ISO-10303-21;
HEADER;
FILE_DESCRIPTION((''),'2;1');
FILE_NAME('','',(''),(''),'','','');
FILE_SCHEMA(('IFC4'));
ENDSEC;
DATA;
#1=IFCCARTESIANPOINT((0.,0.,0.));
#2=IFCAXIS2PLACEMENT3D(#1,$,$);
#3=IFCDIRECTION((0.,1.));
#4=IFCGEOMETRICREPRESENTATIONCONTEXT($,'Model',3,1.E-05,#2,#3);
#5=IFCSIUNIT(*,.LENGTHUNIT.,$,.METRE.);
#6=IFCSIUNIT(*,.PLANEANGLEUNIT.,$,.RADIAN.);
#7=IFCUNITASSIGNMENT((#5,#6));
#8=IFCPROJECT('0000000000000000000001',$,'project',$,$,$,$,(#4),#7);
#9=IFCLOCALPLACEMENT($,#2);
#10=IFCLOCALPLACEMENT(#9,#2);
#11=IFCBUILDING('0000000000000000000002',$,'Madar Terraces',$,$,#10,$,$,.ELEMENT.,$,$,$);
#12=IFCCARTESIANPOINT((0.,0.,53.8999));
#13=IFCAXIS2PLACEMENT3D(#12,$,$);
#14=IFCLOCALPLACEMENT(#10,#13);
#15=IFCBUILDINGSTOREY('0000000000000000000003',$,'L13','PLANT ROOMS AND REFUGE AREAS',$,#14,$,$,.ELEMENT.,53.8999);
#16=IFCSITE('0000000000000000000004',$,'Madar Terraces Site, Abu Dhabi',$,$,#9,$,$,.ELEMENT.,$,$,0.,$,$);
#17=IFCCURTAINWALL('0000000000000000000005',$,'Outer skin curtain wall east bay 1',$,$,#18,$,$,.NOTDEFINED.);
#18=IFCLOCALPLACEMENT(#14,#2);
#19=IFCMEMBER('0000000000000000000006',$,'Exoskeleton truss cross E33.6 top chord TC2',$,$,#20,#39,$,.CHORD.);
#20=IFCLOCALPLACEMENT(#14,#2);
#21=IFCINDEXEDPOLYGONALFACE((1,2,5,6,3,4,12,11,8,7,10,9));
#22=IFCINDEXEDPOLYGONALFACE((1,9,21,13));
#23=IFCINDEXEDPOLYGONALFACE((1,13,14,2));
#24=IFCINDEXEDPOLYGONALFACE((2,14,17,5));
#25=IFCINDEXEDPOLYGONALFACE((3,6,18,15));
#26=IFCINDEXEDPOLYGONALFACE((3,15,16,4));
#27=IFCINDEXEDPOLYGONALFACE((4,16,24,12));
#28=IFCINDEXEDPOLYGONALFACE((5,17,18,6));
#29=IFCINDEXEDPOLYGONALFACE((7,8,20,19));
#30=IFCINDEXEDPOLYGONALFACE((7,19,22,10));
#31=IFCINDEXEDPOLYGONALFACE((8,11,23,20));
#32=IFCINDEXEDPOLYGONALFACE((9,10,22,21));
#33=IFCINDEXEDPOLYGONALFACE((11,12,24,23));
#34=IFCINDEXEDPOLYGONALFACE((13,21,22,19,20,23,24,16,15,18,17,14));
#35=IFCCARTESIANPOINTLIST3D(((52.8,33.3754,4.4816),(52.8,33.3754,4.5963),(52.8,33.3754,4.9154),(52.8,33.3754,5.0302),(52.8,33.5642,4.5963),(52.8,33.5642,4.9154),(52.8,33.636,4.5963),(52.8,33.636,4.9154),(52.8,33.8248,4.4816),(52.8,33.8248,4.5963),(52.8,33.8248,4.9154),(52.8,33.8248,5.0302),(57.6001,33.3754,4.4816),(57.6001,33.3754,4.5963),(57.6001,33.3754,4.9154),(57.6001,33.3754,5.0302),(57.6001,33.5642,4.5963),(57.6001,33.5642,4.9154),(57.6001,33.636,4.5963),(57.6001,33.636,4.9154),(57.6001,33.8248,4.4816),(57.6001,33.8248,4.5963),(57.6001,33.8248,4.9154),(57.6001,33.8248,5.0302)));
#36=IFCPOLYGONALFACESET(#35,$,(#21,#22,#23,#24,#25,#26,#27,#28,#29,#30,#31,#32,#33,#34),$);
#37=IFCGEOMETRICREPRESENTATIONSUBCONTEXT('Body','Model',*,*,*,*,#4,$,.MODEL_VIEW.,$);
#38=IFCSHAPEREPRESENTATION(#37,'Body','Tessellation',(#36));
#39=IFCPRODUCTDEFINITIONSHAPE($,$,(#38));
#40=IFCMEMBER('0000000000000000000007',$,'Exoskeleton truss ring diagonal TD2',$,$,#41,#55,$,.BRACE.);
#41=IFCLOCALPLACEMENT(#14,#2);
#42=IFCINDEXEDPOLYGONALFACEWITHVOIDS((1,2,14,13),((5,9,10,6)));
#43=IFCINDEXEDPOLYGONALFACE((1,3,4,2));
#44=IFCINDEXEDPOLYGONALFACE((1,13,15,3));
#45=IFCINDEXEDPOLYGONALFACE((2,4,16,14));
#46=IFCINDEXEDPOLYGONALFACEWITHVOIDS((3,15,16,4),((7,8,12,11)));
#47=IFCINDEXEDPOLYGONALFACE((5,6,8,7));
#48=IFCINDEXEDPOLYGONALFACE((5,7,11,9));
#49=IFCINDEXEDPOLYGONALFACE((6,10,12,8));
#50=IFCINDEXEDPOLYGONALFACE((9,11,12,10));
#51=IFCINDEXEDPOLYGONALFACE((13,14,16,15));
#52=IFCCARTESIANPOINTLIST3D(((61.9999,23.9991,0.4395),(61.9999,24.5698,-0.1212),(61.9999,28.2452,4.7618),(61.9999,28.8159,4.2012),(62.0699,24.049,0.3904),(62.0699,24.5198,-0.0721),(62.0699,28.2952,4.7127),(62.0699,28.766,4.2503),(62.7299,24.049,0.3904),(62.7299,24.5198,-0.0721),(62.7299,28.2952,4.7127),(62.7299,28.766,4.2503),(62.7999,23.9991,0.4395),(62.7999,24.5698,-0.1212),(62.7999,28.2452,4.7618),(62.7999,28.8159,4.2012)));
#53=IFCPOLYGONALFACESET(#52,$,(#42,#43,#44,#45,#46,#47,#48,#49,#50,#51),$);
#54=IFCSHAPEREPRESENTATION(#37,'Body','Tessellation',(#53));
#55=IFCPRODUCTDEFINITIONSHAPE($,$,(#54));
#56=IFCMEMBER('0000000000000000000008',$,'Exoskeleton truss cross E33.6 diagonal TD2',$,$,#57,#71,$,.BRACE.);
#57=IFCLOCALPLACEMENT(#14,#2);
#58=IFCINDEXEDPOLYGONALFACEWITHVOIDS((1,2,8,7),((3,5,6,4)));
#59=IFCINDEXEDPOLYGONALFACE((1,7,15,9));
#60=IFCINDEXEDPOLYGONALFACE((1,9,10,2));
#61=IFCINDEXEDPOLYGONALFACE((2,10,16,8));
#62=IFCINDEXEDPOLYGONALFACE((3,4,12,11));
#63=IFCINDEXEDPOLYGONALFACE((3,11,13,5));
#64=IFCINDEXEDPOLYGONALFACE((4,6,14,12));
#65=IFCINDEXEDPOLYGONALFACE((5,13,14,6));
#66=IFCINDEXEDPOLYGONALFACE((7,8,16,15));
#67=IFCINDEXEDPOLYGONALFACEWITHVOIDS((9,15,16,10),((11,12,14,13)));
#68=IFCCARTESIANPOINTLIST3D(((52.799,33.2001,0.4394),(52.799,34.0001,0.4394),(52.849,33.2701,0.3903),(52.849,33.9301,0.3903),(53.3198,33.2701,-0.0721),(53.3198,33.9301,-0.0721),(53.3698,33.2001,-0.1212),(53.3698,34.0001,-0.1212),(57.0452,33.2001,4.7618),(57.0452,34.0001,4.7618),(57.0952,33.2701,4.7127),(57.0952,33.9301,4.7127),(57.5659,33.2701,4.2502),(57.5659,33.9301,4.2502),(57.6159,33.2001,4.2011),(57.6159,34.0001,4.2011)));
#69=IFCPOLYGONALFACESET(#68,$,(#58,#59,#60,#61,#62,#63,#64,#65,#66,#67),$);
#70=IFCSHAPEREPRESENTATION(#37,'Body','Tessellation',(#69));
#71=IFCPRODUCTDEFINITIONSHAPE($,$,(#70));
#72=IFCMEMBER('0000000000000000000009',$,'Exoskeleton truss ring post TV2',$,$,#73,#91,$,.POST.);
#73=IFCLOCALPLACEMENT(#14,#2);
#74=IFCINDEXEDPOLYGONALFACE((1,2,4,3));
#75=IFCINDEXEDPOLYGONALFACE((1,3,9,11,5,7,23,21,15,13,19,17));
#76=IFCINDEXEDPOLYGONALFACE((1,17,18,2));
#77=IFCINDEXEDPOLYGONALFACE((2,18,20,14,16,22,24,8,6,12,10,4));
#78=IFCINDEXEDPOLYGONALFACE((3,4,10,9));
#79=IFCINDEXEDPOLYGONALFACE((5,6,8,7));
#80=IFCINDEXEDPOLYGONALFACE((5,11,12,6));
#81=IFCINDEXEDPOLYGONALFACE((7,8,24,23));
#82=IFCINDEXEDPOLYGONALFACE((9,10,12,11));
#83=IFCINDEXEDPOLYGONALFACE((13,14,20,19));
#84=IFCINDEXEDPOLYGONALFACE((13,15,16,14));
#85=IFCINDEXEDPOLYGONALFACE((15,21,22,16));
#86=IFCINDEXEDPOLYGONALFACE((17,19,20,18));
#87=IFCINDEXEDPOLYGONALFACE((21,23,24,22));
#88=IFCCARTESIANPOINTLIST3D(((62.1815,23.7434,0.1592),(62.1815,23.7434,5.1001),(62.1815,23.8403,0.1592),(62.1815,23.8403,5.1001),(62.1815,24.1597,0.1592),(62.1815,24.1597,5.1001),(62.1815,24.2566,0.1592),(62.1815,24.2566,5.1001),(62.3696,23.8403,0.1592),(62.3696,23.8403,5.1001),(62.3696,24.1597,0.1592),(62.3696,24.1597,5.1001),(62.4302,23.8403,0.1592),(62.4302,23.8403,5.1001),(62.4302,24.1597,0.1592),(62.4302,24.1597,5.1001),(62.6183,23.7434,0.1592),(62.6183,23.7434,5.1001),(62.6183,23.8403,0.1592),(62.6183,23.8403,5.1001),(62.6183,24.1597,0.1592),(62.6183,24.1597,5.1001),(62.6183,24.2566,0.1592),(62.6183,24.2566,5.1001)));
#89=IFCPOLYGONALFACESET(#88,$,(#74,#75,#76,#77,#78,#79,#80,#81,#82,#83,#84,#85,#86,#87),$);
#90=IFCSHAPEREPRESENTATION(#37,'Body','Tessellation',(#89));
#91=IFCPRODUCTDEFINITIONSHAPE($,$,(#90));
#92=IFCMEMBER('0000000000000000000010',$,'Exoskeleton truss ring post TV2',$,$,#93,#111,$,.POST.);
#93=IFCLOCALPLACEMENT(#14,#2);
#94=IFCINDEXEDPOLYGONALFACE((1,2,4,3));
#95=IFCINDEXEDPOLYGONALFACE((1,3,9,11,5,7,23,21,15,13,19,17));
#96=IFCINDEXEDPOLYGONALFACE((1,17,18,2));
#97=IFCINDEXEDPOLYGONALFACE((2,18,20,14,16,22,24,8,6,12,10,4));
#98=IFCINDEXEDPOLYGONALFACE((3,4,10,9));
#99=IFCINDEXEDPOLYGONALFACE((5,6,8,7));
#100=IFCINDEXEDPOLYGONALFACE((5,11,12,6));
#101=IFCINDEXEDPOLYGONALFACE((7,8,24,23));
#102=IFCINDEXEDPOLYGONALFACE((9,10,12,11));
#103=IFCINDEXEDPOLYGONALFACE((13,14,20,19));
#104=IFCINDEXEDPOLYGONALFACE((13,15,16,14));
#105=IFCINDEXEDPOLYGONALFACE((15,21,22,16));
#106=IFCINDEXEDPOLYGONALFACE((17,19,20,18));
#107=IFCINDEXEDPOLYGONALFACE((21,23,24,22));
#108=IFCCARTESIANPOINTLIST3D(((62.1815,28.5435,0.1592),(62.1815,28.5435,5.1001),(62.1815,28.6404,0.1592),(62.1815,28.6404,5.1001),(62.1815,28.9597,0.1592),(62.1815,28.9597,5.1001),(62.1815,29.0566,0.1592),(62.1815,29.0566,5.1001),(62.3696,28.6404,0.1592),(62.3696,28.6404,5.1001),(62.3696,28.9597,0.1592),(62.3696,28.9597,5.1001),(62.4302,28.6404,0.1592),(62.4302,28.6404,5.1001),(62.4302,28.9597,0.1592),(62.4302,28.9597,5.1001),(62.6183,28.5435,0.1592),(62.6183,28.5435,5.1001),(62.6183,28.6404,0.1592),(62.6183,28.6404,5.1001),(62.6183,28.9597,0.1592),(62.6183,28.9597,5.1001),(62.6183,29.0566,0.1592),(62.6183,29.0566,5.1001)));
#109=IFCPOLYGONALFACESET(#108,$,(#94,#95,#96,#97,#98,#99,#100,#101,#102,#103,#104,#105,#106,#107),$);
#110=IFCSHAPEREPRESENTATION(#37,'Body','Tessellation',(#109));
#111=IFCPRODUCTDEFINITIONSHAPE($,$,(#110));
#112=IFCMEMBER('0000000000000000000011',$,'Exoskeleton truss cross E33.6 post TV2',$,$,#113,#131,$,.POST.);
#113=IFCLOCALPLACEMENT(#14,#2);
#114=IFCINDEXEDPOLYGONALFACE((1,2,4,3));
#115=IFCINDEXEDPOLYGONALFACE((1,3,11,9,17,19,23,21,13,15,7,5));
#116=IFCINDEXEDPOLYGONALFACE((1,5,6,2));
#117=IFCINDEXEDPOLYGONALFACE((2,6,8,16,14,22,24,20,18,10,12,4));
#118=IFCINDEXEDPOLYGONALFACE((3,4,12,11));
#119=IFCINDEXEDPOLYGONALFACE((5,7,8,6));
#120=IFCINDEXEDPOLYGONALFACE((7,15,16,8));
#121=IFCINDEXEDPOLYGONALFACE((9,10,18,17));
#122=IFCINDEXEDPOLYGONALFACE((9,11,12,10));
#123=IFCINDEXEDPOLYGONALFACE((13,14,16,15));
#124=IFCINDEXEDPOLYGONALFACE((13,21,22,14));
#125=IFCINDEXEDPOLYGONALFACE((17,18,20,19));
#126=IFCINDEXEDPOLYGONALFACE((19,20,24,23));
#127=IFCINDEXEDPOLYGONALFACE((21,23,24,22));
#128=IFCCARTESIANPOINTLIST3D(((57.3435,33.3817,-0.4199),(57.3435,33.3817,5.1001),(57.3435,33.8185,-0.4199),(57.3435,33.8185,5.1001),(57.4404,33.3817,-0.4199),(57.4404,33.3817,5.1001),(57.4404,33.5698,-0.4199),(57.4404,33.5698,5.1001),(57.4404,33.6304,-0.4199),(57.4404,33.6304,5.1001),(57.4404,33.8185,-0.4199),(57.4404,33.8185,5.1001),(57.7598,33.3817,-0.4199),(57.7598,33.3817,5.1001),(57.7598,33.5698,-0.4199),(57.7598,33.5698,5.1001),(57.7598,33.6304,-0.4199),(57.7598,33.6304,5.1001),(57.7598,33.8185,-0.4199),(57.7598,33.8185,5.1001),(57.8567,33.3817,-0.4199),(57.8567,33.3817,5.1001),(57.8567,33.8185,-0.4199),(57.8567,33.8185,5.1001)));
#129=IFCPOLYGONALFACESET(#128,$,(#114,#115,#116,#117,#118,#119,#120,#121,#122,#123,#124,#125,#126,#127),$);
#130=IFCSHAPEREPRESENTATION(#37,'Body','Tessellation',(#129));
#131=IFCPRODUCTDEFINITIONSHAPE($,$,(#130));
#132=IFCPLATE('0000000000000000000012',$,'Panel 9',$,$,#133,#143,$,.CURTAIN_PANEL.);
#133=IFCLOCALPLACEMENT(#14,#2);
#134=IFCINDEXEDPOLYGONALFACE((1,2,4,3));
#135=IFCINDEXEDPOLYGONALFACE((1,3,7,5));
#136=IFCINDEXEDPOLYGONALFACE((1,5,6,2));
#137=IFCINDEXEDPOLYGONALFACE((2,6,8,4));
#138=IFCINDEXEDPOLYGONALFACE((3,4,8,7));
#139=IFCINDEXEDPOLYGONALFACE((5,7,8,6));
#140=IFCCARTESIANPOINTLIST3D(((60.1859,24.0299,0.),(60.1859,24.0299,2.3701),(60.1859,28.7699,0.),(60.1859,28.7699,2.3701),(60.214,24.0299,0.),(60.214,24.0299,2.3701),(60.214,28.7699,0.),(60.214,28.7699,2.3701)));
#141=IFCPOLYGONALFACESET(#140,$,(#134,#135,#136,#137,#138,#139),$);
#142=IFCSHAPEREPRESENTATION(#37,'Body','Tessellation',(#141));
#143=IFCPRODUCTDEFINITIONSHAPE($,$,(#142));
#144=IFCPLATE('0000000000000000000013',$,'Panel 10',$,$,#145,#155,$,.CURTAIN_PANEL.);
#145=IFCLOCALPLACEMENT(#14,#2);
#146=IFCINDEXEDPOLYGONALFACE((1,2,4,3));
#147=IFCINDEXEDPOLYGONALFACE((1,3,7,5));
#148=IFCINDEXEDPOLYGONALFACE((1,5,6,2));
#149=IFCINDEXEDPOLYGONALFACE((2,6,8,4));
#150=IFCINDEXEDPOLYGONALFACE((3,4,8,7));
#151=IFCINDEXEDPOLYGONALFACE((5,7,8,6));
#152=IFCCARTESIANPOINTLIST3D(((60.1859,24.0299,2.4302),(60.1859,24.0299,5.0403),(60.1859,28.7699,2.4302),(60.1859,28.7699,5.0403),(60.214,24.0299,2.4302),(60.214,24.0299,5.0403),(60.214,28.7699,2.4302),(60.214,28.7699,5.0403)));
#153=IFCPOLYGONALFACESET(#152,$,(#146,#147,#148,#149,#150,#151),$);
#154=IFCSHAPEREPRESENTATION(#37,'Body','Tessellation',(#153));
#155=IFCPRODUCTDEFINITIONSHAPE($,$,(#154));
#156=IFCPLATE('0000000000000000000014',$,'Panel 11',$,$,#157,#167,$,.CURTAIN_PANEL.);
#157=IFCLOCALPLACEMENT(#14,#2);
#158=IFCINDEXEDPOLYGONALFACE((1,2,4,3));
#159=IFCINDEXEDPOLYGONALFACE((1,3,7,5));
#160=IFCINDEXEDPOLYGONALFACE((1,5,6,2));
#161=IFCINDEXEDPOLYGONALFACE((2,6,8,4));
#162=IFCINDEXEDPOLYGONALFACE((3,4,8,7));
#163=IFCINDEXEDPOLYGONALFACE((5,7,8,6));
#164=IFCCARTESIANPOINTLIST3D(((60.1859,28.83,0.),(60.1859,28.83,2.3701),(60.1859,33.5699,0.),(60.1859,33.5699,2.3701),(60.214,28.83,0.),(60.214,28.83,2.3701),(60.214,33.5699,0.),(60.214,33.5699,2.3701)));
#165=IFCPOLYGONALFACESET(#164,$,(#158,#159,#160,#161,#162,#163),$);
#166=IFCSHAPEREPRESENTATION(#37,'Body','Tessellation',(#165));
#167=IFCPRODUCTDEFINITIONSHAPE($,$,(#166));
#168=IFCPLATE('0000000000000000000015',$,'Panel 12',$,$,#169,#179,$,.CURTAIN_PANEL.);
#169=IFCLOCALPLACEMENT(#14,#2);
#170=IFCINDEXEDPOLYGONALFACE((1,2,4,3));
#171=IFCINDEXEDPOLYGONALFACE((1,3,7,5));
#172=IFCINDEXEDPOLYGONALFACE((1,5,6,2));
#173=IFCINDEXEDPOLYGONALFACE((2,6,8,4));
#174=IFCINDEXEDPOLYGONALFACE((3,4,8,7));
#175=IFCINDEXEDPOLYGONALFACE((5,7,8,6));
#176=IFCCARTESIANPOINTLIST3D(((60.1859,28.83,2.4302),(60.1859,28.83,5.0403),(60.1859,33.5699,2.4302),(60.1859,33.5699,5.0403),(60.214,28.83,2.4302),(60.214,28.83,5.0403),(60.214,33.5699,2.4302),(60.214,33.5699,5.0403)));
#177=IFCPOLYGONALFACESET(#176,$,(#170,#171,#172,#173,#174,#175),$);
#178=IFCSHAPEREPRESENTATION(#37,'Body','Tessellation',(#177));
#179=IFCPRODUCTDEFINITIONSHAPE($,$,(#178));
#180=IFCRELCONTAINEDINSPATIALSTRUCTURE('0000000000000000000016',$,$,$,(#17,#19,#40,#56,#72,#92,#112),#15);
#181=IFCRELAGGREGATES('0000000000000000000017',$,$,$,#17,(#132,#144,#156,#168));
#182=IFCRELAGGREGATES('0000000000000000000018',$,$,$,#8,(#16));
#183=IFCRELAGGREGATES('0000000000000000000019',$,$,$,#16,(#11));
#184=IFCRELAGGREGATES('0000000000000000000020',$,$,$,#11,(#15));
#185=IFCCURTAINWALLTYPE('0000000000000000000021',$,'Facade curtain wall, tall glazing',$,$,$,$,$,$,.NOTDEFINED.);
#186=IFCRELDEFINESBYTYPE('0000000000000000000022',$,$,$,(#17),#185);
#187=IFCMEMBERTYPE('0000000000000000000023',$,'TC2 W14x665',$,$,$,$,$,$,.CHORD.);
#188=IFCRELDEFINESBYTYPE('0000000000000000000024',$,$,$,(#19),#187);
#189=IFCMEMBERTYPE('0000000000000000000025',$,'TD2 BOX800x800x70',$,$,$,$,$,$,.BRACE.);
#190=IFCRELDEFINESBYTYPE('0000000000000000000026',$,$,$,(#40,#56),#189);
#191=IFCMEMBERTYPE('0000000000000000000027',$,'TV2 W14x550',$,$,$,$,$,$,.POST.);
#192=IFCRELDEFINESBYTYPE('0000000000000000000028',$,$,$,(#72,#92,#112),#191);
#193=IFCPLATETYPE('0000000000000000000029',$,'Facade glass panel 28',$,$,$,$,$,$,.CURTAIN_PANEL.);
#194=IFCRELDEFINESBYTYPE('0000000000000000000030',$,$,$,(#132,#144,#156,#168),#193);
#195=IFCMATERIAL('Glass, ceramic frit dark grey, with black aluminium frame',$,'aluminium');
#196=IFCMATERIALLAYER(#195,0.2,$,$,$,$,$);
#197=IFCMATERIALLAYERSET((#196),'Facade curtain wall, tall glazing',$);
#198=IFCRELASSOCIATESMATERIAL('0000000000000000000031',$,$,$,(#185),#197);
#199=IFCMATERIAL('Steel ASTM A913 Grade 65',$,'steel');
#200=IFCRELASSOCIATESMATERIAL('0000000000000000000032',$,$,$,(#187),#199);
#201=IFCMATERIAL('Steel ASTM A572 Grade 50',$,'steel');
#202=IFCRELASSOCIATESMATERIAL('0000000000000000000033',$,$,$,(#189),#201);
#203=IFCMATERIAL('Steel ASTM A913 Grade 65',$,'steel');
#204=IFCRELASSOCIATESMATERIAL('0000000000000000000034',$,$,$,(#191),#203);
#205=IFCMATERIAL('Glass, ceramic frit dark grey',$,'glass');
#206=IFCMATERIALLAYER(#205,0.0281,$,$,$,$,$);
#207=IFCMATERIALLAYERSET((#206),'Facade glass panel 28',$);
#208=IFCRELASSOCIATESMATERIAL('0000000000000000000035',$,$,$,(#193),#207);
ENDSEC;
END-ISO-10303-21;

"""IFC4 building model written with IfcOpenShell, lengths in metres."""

from ifc_helpers import new_model, si_unit, direction, frame, origin, origin_2d, place, context, subcontext, project, spatial, rectangle, hollow_rectangle, i_section, extrude, material, layer, layer_set, material_profile, profile_set, type_object, element, aggregate, save


model = new_model("IFC4")

# Units and contexts
model_context = context("Model", 3, precision=1e-05, world=origin(), true_north=direction((0.0, 1.0)))
body_context = subcontext(model_context, "Body", "Model", "MODEL_VIEW")
ifc_project = project(units=[si_unit("LENGTHUNIT", "METRE"), si_unit("PLANEANGLEUNIT", "RADIAN")], contexts=[model_context])

# Site, building, storey
site_placement = place(None, origin())
site = spatial("IfcSite", under=ifc_project, at=site_placement, Name="Madar Terraces Site, Abu Dhabi", CompositionType="ELEMENT", RefElevation=0.0)
building_placement = place(site_placement, origin())
building = spatial("IfcBuilding", under=site, at=building_placement, Name="Madar Terraces", CompositionType="ELEMENT")
storey_placement = place(building_placement, frame((0.0, 0.0, 53.8999)))
storey = spatial("IfcBuildingStorey", under=building, at=storey_placement, Name="L13", Description="PLANT ROOMS AND REFUGE AREAS", CompositionType="ELEMENT", Elevation=53.8999)

# Curtain wall
ifc_material_1 = material(Name="Glass, ceramic frit dark grey, with black aluminium frame", Category="aluminium")
ifc_layer_1 = layer(ifc_material_1, 0.2)
ifc_layer_set_1 = layer_set([ifc_layer_1], Name="Facade curtain wall, tall glazing")
curtain_wall_type = type_object("IfcCurtainWallType", Name="Facade curtain wall, tall glazing", PredefinedType="NOTDEFINED", material=ifc_layer_set_1)
curtain_wall_placement = place(storey_placement, origin())
curtain_wall = element("IfcCurtainWall", 1, at=curtain_wall_placement, inside=storey, type_object=curtain_wall_type, Name="Outer skin curtain wall east bay 1", PredefinedType="NOTDEFINED")

# Members
ifc_material_2 = material(Name="Steel ASTM A913 Grade 65", Category="steel")
ifc_material_profile_1 = material_profile(ifc_material_2, i_section(OverallWidth=0.4495, OverallDepth=0.5486, WebThickness=0.0718, FlangeThickness=0.1147, at=origin_2d()), Name="W14x665")
ifc_profile_set_1 = profile_set([ifc_material_profile_1], Name="Steel ASTM A913 Grade 65")
member_type_1 = type_object("IfcMemberType", Name="TC2 W14x665", PredefinedType="CHORD", material=ifc_profile_set_1)
member_1_placement = place(storey_placement, frame((57.6001, 33.6001, 4.7559), z_axis=(-1.0, 0.0, 0.0), x_axis=(0.0, -1.0, 0.0)))
element("IfcMember", 2, at=member_1_placement, inside=storey, type_object=member_type_1, Name="Exoskeleton truss cross E33.6 top chord TC2", PredefinedType="CHORD", context=body_context, shape_type="SweptSolid", body=[
    extrude(i_section(OverallWidth=0.4495, OverallDepth=0.5486, WebThickness=0.0718, FlangeThickness=0.1147, at=origin_2d()), origin(), (0.0, 0.0, 1.0), 4.8),
])
ifc_material_3 = material(Name="Steel ASTM A572 Grade 50", Category="steel")
ifc_material_profile_2 = material_profile(ifc_material_3, hollow_rectangle(XDim=0.8, YDim=0.8, WallThickness=0.0701, at=origin_2d()), Name="BOX800x800x70")
ifc_profile_set_2 = profile_set([ifc_material_profile_2], Name="Steel ASTM A572 Grade 50")
member_type_2 = type_object("IfcMemberType", Name="TD2 BOX800x800x70", PredefinedType="BRACE", material=ifc_profile_set_2)
for number, where, z_axis, x_axis, name in (
    (3, (62.3999, 24.2844, 0.1592), (0.0, 0.700793, 0.713365), (-1.0, 0.0, 0.0), "Exoskeleton truss ring diagonal TD2"),
    (4, (57.3306, 33.6001, 4.4814), (-0.700793, 0.0, -0.713365), (0.0, -1.0, 0.0), "Exoskeleton truss cross E33.6 diagonal TD2"),
):
    element("IfcMember", number, at=place(storey_placement, frame(where, z_axis=z_axis, x_axis=x_axis)), inside=storey, type_object=member_type_2, Name=name, PredefinedType="BRACE", context=body_context, shape_type="SweptSolid", body=[
        extrude(hollow_rectangle(XDim=0.8, YDim=0.8, WallThickness=0.0701, at=origin_2d()), origin(), (0.0, 0.0, 1.0), 6.0591),
    ])
ifc_material_4 = material(Name="Steel ASTM A913 Grade 65", Category="steel")
ifc_material_profile_3 = material_profile(ifc_material_4, i_section(OverallWidth=0.4368, OverallDepth=0.5132, WebThickness=0.0605, FlangeThickness=0.0969, at=origin_2d()), Name="W14x550")
ifc_profile_set_3 = profile_set([ifc_material_profile_3], Name="Steel ASTM A913 Grade 65")
member_type_3 = type_object("IfcMemberType", Name="TV2 W14x550", PredefinedType="POST", material=ifc_profile_set_3)
for number, where, z_axis, x_axis, name in (
    (5, (62.3999, 24.0, 0.1592), (0.0, 0.0, 1.0), (-1.0, 0.0, 0.0), "Exoskeleton truss ring post TV2"),
    (6, (62.3999, 28.8, 0.1592), (0.0, 0.0, 1.0), (-1.0, 0.0, 0.0), "Exoskeleton truss ring post TV2"),
):
    element("IfcMember", number, at=place(storey_placement, frame(where, z_axis=z_axis, x_axis=x_axis)), inside=storey, type_object=member_type_3, Name=name, PredefinedType="POST", context=body_context, shape_type="SweptSolid", body=[
        extrude(i_section(OverallWidth=0.4368, OverallDepth=0.5132, WebThickness=0.0605, FlangeThickness=0.0969, at=origin_2d()), origin(), (0.0, 0.0, 1.0), 4.9409),
    ])
member_2_placement = place(storey_placement, frame((57.6001, 33.6001, -0.4199), z_axis=(0.0, 0.0, 1.0), x_axis=(0.0, 1.0, 0.0)))
element("IfcMember", 7, at=member_2_placement, inside=storey, type_object=member_type_3, Name="Exoskeleton truss cross E33.6 post TV2", PredefinedType="POST", context=body_context, shape_type="SweptSolid", body=[
    extrude(i_section(OverallWidth=0.4368, OverallDepth=0.5132, WebThickness=0.0605, FlangeThickness=0.0969, at=origin_2d()), origin(), (0.0, 0.0, 1.0), 5.52),
])

# Plates
ifc_material_5 = material(Name="Glass, ceramic frit dark grey", Category="glass")
ifc_layer_2 = layer(ifc_material_5, 0.0281)
ifc_layer_set_2 = layer_set([ifc_layer_2], Name="Facade glass panel 28")
plate_type = type_object("IfcPlateType", Name="Facade glass panel 28", PredefinedType="CURTAIN_PANEL", material=ifc_layer_set_2)
plate_1_placement = place(storey_placement, frame((60.2, 26.3999, 0.0), z_axis=(0.0, 0.0, 1.0), x_axis=(0.0, 1.0, 0.0)))
plate_1 = element("IfcPlate", 8, at=plate_1_placement, type_object=plate_type, Name="Panel 9", PredefinedType="CURTAIN_PANEL", context=body_context, shape_type="SweptSolid", body=[
    extrude(rectangle(XDim=4.74, YDim=0.0281, at=origin_2d()), origin(), (0.0, 0.0, 1.0), 2.3701),
])
plate_2_placement = place(storey_placement, frame((60.2, 26.3999, 2.4302), z_axis=(0.0, 0.0, 1.0), x_axis=(0.0, 1.0, 0.0)))
plate_2 = element("IfcPlate", 9, at=plate_2_placement, type_object=plate_type, Name="Panel 10", PredefinedType="CURTAIN_PANEL", context=body_context, shape_type="SweptSolid", body=[
    extrude(rectangle(XDim=4.74, YDim=0.0281, at=origin_2d()), origin(), (0.0, 0.0, 1.0), 2.6101),
])
plate_3_placement = place(storey_placement, frame((60.2, 31.2, 0.0), z_axis=(0.0, 0.0, 1.0), x_axis=(0.0, 1.0, 0.0)))
plate_3 = element("IfcPlate", 10, at=plate_3_placement, type_object=plate_type, Name="Panel 11", PredefinedType="CURTAIN_PANEL", context=body_context, shape_type="SweptSolid", body=[
    extrude(rectangle(XDim=4.74, YDim=0.0281, at=origin_2d()), origin(), (0.0, 0.0, 1.0), 2.3701),
])
plate_4_placement = place(storey_placement, frame((60.2, 31.2, 2.4302), z_axis=(0.0, 0.0, 1.0), x_axis=(0.0, 1.0, 0.0)))
plate_4 = element("IfcPlate", 11, at=plate_4_placement, type_object=plate_type, Name="Panel 12", PredefinedType="CURTAIN_PANEL", context=body_context, shape_type="SweptSolid", body=[
    extrude(rectangle(XDim=4.74, YDim=0.0281, at=origin_2d()), origin(), (0.0, 0.0, 1.0), 2.6101),
])
aggregate(curtain_wall, [plate_1, plate_2, plate_3, plate_4])

save(model, "model.ifc")
